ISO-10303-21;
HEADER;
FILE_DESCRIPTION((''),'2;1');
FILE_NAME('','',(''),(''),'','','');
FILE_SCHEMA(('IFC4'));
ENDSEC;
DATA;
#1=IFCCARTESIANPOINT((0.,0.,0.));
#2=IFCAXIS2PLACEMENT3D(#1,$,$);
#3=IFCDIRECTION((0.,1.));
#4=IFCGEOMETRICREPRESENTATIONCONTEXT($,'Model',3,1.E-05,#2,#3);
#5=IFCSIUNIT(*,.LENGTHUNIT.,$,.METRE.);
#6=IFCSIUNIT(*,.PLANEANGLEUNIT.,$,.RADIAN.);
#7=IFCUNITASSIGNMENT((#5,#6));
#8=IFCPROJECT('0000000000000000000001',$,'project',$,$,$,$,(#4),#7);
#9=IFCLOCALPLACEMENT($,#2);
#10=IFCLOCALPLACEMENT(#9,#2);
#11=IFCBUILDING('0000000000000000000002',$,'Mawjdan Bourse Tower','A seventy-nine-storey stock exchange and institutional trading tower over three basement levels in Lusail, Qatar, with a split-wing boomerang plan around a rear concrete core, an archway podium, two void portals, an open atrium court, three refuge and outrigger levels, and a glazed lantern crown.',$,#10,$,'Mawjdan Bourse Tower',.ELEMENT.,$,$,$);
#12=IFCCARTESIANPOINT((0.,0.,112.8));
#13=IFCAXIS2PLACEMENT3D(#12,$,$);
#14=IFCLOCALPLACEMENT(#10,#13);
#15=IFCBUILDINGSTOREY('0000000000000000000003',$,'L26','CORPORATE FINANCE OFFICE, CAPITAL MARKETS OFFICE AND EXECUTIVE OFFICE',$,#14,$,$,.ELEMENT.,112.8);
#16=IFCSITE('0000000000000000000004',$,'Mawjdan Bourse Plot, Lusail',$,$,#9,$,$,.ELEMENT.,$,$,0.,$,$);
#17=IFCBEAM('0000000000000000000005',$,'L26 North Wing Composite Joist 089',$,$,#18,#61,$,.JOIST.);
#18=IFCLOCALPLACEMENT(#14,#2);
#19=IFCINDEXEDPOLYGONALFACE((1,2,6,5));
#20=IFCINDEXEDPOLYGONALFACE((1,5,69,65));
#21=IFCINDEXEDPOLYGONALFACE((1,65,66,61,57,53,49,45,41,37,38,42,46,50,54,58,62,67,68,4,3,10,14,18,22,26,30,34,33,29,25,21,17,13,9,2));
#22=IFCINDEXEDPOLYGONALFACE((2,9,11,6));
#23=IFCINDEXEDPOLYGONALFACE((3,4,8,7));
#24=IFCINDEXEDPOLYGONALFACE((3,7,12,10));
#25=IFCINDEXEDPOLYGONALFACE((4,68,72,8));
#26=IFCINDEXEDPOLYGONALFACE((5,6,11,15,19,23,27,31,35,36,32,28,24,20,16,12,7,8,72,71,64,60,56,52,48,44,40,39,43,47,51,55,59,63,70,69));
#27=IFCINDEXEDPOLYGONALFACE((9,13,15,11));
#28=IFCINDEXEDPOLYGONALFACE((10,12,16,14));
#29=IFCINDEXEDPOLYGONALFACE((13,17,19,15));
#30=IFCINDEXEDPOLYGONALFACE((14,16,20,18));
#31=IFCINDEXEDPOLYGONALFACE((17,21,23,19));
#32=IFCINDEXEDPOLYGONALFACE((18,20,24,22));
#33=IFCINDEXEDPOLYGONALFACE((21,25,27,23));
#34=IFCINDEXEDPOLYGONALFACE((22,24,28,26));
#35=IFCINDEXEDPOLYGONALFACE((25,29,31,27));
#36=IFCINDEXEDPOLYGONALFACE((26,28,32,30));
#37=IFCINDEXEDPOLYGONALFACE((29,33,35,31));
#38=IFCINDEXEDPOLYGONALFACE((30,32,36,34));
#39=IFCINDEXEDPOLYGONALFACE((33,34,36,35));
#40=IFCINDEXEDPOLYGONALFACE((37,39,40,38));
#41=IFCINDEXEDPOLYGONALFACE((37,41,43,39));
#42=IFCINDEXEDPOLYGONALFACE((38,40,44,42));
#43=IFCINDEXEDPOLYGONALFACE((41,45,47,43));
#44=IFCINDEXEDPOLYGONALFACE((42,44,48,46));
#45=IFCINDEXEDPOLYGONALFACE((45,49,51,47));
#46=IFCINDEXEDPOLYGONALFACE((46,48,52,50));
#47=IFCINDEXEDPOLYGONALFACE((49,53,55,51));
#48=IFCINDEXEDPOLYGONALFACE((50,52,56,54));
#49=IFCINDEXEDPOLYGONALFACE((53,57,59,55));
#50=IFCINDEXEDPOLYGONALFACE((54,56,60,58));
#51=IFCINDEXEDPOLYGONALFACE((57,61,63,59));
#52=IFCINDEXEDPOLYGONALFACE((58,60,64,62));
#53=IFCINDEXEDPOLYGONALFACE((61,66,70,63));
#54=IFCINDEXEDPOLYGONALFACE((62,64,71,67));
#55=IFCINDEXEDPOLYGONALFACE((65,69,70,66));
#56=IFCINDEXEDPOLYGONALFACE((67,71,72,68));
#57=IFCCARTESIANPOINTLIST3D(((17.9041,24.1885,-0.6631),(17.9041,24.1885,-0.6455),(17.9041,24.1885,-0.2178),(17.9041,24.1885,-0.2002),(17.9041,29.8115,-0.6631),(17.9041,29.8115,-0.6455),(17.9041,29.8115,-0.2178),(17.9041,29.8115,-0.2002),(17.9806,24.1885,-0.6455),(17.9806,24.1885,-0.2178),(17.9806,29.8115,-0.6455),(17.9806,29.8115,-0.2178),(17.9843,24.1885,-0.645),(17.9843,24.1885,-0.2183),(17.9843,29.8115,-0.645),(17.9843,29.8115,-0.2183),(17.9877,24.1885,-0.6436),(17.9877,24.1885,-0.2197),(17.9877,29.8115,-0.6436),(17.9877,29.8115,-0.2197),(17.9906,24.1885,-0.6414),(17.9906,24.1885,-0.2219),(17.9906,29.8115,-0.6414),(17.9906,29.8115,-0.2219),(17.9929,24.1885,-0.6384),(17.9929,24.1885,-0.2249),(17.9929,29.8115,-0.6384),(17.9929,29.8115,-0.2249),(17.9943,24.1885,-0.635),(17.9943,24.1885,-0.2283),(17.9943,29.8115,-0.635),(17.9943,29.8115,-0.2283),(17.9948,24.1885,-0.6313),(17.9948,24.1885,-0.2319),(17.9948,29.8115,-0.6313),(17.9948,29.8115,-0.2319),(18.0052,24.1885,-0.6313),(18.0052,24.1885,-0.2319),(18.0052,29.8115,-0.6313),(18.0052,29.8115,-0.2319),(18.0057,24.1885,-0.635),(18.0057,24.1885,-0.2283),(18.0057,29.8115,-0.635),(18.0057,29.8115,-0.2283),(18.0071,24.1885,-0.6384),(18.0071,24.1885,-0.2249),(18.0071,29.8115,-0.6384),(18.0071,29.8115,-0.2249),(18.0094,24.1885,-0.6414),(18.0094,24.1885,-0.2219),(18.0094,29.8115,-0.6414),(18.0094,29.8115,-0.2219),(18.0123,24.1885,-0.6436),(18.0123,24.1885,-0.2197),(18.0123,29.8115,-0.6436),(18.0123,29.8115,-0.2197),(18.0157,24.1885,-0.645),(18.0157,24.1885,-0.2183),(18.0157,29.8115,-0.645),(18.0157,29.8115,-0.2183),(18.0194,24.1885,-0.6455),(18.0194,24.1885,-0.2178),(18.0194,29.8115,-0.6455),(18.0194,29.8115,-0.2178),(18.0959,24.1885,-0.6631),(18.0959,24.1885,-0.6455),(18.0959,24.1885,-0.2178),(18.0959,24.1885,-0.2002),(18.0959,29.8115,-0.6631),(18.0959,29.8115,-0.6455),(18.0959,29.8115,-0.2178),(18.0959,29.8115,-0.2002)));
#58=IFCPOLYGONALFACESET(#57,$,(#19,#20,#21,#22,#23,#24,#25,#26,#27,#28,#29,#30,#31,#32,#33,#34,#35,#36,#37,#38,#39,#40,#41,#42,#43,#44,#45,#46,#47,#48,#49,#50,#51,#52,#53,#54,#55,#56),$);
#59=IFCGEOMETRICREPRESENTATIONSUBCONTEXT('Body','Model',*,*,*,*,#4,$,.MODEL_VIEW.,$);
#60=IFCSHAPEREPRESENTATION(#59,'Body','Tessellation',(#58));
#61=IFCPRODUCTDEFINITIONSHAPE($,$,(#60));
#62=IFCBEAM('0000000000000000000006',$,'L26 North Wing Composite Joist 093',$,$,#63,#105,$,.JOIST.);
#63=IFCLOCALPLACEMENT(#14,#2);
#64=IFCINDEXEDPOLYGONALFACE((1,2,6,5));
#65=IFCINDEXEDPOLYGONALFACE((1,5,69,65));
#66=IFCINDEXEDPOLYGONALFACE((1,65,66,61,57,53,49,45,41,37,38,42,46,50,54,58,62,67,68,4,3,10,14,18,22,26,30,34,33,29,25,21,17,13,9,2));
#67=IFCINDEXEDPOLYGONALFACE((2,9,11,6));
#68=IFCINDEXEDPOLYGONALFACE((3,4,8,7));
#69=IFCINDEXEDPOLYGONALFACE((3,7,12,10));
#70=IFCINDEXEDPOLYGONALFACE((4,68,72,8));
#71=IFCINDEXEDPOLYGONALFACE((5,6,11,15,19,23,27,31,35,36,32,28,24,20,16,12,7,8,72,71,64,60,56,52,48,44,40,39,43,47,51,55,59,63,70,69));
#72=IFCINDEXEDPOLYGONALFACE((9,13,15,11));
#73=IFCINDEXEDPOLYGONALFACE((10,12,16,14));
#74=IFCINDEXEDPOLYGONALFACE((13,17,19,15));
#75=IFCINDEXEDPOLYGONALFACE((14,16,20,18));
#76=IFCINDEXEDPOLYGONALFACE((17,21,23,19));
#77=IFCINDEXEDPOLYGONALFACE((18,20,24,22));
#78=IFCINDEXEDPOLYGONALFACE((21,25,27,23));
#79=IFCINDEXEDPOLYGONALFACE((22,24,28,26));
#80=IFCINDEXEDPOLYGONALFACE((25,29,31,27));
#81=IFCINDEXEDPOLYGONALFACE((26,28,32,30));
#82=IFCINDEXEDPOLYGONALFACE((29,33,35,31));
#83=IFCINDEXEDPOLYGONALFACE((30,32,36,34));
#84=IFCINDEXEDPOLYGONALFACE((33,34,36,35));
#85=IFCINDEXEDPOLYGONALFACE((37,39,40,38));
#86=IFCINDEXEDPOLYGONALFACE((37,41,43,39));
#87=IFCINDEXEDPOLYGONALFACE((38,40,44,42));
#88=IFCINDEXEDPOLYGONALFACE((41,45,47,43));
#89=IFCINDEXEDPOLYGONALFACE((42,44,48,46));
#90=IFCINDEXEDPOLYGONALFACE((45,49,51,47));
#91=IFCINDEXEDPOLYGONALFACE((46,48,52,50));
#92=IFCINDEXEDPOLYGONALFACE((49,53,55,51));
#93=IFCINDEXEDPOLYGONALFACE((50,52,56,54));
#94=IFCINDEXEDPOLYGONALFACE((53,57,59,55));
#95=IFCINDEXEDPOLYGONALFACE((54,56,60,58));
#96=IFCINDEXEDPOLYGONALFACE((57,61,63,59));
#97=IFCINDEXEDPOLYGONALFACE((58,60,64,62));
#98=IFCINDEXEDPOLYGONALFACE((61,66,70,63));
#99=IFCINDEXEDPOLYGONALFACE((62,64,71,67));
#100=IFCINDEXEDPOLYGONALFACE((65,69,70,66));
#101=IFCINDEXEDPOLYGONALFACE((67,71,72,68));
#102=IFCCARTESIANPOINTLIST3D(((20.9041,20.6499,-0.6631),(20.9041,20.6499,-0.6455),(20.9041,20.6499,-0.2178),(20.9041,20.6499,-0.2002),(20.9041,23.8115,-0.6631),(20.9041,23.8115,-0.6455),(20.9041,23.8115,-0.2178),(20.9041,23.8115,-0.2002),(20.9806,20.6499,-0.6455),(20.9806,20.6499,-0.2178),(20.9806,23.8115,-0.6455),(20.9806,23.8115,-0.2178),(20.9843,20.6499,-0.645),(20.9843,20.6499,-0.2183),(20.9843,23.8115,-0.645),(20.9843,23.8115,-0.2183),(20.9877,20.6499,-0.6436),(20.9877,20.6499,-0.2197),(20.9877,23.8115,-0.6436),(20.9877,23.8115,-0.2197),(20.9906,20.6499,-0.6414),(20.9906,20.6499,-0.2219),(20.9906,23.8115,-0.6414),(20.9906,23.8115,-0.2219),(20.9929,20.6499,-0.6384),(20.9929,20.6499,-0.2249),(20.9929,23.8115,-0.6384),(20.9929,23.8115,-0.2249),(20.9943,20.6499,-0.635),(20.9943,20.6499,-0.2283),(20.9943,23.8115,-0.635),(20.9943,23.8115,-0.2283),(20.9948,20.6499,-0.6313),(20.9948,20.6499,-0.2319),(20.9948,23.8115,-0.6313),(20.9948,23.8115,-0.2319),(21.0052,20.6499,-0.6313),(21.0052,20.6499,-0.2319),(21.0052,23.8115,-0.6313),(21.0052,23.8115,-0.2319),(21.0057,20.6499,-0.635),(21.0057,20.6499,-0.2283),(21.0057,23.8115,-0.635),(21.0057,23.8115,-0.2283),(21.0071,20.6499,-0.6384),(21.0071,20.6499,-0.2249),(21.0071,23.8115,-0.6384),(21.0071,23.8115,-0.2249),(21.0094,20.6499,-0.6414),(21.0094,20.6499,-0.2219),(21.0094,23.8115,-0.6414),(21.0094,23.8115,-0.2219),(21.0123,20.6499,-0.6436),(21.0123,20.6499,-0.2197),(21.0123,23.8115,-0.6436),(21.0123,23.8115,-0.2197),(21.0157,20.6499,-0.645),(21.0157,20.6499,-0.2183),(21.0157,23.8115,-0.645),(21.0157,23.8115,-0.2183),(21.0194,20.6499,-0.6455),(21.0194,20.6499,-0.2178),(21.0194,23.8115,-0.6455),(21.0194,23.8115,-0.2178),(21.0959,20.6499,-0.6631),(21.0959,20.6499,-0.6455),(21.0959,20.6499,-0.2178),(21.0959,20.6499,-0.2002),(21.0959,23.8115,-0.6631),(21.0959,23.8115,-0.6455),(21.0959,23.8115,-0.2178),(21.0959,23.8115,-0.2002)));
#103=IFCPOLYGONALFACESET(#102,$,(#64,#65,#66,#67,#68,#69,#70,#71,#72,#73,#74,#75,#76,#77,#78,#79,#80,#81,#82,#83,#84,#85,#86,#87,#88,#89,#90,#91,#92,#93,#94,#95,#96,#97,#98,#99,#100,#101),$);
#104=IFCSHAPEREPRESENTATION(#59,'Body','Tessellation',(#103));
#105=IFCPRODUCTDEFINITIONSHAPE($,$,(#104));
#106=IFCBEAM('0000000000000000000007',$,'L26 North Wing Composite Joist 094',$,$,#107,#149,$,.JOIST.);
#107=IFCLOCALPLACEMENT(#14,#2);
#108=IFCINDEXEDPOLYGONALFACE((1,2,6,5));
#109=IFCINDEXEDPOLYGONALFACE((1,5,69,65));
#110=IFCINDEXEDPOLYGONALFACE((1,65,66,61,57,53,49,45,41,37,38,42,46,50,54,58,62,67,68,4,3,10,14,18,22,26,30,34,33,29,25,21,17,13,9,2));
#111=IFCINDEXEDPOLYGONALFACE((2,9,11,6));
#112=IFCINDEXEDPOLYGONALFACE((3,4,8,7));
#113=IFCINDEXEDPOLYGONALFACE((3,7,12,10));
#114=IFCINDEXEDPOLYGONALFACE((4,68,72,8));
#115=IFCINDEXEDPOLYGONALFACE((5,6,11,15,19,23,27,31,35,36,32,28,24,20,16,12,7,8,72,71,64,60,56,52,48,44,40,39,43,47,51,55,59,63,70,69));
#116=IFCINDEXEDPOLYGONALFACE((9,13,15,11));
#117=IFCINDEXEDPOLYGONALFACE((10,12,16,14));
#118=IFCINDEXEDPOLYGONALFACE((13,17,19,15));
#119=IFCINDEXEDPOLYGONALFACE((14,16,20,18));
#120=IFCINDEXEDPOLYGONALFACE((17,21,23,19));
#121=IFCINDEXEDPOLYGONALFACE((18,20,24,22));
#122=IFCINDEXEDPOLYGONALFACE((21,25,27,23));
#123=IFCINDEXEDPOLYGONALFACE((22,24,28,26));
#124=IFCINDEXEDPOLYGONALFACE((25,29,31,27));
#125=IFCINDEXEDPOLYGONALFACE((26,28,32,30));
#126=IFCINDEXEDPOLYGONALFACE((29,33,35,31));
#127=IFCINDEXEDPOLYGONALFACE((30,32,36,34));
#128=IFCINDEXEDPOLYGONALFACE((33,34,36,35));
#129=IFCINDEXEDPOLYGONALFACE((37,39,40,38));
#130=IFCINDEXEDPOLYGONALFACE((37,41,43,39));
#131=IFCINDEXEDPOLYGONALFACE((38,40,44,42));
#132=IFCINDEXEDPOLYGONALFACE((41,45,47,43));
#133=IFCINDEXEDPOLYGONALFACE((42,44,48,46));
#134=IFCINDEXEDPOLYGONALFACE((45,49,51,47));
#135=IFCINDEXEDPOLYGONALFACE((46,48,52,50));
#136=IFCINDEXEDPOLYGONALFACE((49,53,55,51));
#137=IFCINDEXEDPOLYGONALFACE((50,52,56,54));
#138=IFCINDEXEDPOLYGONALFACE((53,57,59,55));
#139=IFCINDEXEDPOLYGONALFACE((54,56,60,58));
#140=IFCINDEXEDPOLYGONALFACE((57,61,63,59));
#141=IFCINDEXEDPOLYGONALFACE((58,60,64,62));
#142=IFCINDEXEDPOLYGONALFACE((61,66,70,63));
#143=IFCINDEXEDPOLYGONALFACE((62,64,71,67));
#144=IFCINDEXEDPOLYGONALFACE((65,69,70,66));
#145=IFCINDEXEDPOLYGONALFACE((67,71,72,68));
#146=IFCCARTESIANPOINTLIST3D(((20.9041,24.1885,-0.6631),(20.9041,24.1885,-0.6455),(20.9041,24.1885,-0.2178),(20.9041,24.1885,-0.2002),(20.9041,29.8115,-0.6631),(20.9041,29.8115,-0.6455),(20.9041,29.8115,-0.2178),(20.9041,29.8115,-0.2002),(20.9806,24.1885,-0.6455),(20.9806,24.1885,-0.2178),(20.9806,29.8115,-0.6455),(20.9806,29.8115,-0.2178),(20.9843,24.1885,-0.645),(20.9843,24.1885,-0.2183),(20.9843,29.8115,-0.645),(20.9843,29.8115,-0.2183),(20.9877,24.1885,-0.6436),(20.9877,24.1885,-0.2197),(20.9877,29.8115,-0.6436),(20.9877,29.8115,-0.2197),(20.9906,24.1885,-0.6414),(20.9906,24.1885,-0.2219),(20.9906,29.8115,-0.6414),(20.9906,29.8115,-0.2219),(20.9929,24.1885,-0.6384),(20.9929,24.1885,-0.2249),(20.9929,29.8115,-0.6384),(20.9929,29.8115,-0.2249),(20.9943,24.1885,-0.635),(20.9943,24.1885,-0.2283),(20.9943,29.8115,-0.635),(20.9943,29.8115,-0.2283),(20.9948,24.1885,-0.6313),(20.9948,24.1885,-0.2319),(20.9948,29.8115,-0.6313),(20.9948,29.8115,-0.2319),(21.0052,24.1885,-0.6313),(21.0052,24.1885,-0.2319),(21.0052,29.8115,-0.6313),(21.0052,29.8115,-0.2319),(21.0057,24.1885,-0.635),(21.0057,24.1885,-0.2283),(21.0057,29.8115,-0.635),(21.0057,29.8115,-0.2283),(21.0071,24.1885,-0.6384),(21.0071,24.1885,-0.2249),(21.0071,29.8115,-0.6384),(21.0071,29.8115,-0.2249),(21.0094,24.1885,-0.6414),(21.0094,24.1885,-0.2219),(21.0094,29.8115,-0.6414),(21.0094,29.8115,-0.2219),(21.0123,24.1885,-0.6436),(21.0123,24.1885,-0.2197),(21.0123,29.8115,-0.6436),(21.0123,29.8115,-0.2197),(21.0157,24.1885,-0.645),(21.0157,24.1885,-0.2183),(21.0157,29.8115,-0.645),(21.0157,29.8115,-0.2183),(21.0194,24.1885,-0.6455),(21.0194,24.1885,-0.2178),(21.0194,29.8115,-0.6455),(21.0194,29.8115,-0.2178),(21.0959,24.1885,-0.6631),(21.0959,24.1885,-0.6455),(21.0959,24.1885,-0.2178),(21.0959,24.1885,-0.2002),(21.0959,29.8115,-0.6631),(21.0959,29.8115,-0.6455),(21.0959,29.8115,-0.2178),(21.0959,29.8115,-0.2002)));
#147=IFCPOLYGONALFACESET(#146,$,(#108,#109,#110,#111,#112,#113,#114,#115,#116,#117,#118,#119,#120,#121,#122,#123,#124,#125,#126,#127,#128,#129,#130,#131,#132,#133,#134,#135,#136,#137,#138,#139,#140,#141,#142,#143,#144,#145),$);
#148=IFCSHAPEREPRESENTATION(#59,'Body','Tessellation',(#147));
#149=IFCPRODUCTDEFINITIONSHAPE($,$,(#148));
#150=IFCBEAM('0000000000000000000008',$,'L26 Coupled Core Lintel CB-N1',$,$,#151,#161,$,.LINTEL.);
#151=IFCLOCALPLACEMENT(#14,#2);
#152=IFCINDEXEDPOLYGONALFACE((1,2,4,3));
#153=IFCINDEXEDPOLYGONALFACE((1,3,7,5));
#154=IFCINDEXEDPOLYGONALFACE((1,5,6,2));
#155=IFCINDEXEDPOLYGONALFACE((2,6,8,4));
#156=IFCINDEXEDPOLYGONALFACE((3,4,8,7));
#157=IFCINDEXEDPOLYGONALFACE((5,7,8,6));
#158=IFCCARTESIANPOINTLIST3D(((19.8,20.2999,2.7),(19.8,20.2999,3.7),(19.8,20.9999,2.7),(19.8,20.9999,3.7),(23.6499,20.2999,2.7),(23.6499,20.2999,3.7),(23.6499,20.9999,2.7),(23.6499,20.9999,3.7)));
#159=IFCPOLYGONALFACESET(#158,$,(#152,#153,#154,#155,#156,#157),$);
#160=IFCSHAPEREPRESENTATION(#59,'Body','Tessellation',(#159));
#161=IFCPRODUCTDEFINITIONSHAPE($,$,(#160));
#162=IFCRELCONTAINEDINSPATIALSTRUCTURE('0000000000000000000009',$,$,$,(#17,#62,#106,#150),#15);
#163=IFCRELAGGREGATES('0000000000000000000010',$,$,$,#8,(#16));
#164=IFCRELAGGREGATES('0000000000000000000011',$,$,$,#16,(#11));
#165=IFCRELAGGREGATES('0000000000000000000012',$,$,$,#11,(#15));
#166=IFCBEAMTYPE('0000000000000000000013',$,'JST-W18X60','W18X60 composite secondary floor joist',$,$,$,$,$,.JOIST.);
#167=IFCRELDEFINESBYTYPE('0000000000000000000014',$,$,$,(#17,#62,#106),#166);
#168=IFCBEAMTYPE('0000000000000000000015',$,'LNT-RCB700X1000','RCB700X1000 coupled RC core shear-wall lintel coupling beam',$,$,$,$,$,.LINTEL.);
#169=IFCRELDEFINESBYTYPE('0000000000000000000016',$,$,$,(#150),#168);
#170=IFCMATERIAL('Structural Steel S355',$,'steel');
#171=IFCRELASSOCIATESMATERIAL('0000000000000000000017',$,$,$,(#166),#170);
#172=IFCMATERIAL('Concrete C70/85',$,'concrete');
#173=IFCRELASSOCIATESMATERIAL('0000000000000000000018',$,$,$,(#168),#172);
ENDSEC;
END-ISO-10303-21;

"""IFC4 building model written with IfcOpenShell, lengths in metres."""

from ifc_helpers import new_model, si_unit, direction, frame, origin, origin_2d, place, context, subcontext, project, spatial, rectangle, i_section, extrude, material, material_profile, profile_set, type_object, element, save


model = new_model("IFC4")

# Units and contexts
model_context = context("Model", 3, precision=1e-05, world=origin(), true_north=direction((0.0, 1.0)))
body_context = subcontext(model_context, "Body", "Model", "MODEL_VIEW")
ifc_project = project(units=[si_unit("LENGTHUNIT", "METRE"), si_unit("PLANEANGLEUNIT", "RADIAN")], contexts=[model_context])

# Site, building, storey
site_placement = place(None, origin())
site = spatial("IfcSite", under=ifc_project, at=site_placement, Name="Mawjdan Bourse Plot, Lusail", CompositionType="ELEMENT", RefElevation=0.0)
building_placement = place(site_placement, origin())
building = spatial("IfcBuilding", under=site, at=building_placement, Name="Mawjdan Bourse Tower", Description="A seventy-nine-storey stock exchange and institutional trading tower over three basement levels in Lusail, Qatar, with a split-wing boomerang plan around a rear concrete core, an archway podium, two void portals, an open atrium court, three refuge and outrigger levels, and a glazed lantern crown.", LongName="Mawjdan Bourse Tower", CompositionType="ELEMENT")
storey_placement = place(building_placement, frame((0.0, 0.0, 112.8)))
storey = spatial("IfcBuildingStorey", under=building, at=storey_placement, Name="L26", Description="CORPORATE FINANCE OFFICE, CAPITAL MARKETS OFFICE AND EXECUTIVE OFFICE", CompositionType="ELEMENT", Elevation=112.8)

# Shared definitions
ifc_material_1 = material(Name="Concrete C70/85", Category="concrete")

# Beams
ifc_material_2 = material(Name="Structural Steel S355", Category="steel")
ifc_material_profile_1 = material_profile(ifc_material_2, i_section(OverallWidth=0.1919, OverallDepth=0.4629, WebThickness=0.0105, FlangeThickness=0.0176, FilletRadius=0.0142, at=origin_2d()), Name="W18X60")
ifc_profile_set_1 = profile_set([ifc_material_profile_1], Name="Structural Steel S355")
beam_type_1 = type_object("IfcBeamType", Name="JST-W18X60", Description="W18X60 composite secondary floor joist", PredefinedType="JOIST", material=ifc_profile_set_1)
beam_1_placement = place(storey_placement, frame((18.0, 24.1885, -0.4316), z_axis=(0.0, 1.0, 0.0), x_axis=(-1.0, 0.0, 0.0)))
element("IfcBeam", 1, at=beam_1_placement, inside=storey, type_object=beam_type_1, Name="L26 North Wing Composite Joist 089", PredefinedType="JOIST", context=body_context, shape_type="SweptSolid", body=[
    extrude(i_section(OverallWidth=0.1919, OverallDepth=0.4629, WebThickness=0.0105, FlangeThickness=0.0176, FilletRadius=0.0142, at=origin_2d()), origin(), (0.0, 0.0, 1.0), 5.623),
])
beam_2_placement = place(storey_placement, frame((21.0, 20.6499, -0.4316), z_axis=(0.0, 1.0, 0.0), x_axis=(-1.0, 0.0, 0.0)))
element("IfcBeam", 2, at=beam_2_placement, inside=storey, type_object=beam_type_1, Name="L26 North Wing Composite Joist 093", PredefinedType="JOIST", context=body_context, shape_type="SweptSolid", body=[
    extrude(i_section(OverallWidth=0.1919, OverallDepth=0.4629, WebThickness=0.0105, FlangeThickness=0.0176, FilletRadius=0.0142, at=origin_2d()), origin(), (0.0, 0.0, 1.0), 3.1616),
])
beam_3_placement = place(storey_placement, frame((21.0, 24.1885, -0.4316), z_axis=(0.0, 1.0, 0.0), x_axis=(-1.0, 0.0, 0.0)))
element("IfcBeam", 3, at=beam_3_placement, inside=storey, type_object=beam_type_1, Name="L26 North Wing Composite Joist 094", PredefinedType="JOIST", context=body_context, shape_type="SweptSolid", body=[
    extrude(i_section(OverallWidth=0.1919, OverallDepth=0.4629, WebThickness=0.0105, FlangeThickness=0.0176, FilletRadius=0.0142, at=origin_2d()), origin(), (0.0, 0.0, 1.0), 5.623),
])
ifc_material_profile_2 = material_profile(ifc_material_1, rectangle(XDim=0.7, YDim=1.0, at=origin_2d()), Name="RCB700X1000")
ifc_profile_set_2 = profile_set([ifc_material_profile_2], Name="Concrete C70/85")
beam_type_2 = type_object("IfcBeamType", Name="LNT-RCB700X1000", Description="RCB700X1000 coupled RC core shear-wall lintel coupling beam", PredefinedType="LINTEL", material=ifc_profile_set_2)
beam_4_placement = place(storey_placement, frame((19.8, 20.6499, 3.2), z_axis=(1.0, 0.0, 0.0), x_axis=(0.0, 1.0, 0.0)))
element("IfcBeam", 4, at=beam_4_placement, inside=storey, type_object=beam_type_2, Name="L26 Coupled Core Lintel CB-N1", PredefinedType="LINTEL", context=body_context, shape_type="SweptSolid", body=[
    extrude(rectangle(XDim=0.7, YDim=1.0, at=origin_2d()), origin(), (0.0, 0.0, 1.0), 3.8499),
])

save(model, "model.ifc")
